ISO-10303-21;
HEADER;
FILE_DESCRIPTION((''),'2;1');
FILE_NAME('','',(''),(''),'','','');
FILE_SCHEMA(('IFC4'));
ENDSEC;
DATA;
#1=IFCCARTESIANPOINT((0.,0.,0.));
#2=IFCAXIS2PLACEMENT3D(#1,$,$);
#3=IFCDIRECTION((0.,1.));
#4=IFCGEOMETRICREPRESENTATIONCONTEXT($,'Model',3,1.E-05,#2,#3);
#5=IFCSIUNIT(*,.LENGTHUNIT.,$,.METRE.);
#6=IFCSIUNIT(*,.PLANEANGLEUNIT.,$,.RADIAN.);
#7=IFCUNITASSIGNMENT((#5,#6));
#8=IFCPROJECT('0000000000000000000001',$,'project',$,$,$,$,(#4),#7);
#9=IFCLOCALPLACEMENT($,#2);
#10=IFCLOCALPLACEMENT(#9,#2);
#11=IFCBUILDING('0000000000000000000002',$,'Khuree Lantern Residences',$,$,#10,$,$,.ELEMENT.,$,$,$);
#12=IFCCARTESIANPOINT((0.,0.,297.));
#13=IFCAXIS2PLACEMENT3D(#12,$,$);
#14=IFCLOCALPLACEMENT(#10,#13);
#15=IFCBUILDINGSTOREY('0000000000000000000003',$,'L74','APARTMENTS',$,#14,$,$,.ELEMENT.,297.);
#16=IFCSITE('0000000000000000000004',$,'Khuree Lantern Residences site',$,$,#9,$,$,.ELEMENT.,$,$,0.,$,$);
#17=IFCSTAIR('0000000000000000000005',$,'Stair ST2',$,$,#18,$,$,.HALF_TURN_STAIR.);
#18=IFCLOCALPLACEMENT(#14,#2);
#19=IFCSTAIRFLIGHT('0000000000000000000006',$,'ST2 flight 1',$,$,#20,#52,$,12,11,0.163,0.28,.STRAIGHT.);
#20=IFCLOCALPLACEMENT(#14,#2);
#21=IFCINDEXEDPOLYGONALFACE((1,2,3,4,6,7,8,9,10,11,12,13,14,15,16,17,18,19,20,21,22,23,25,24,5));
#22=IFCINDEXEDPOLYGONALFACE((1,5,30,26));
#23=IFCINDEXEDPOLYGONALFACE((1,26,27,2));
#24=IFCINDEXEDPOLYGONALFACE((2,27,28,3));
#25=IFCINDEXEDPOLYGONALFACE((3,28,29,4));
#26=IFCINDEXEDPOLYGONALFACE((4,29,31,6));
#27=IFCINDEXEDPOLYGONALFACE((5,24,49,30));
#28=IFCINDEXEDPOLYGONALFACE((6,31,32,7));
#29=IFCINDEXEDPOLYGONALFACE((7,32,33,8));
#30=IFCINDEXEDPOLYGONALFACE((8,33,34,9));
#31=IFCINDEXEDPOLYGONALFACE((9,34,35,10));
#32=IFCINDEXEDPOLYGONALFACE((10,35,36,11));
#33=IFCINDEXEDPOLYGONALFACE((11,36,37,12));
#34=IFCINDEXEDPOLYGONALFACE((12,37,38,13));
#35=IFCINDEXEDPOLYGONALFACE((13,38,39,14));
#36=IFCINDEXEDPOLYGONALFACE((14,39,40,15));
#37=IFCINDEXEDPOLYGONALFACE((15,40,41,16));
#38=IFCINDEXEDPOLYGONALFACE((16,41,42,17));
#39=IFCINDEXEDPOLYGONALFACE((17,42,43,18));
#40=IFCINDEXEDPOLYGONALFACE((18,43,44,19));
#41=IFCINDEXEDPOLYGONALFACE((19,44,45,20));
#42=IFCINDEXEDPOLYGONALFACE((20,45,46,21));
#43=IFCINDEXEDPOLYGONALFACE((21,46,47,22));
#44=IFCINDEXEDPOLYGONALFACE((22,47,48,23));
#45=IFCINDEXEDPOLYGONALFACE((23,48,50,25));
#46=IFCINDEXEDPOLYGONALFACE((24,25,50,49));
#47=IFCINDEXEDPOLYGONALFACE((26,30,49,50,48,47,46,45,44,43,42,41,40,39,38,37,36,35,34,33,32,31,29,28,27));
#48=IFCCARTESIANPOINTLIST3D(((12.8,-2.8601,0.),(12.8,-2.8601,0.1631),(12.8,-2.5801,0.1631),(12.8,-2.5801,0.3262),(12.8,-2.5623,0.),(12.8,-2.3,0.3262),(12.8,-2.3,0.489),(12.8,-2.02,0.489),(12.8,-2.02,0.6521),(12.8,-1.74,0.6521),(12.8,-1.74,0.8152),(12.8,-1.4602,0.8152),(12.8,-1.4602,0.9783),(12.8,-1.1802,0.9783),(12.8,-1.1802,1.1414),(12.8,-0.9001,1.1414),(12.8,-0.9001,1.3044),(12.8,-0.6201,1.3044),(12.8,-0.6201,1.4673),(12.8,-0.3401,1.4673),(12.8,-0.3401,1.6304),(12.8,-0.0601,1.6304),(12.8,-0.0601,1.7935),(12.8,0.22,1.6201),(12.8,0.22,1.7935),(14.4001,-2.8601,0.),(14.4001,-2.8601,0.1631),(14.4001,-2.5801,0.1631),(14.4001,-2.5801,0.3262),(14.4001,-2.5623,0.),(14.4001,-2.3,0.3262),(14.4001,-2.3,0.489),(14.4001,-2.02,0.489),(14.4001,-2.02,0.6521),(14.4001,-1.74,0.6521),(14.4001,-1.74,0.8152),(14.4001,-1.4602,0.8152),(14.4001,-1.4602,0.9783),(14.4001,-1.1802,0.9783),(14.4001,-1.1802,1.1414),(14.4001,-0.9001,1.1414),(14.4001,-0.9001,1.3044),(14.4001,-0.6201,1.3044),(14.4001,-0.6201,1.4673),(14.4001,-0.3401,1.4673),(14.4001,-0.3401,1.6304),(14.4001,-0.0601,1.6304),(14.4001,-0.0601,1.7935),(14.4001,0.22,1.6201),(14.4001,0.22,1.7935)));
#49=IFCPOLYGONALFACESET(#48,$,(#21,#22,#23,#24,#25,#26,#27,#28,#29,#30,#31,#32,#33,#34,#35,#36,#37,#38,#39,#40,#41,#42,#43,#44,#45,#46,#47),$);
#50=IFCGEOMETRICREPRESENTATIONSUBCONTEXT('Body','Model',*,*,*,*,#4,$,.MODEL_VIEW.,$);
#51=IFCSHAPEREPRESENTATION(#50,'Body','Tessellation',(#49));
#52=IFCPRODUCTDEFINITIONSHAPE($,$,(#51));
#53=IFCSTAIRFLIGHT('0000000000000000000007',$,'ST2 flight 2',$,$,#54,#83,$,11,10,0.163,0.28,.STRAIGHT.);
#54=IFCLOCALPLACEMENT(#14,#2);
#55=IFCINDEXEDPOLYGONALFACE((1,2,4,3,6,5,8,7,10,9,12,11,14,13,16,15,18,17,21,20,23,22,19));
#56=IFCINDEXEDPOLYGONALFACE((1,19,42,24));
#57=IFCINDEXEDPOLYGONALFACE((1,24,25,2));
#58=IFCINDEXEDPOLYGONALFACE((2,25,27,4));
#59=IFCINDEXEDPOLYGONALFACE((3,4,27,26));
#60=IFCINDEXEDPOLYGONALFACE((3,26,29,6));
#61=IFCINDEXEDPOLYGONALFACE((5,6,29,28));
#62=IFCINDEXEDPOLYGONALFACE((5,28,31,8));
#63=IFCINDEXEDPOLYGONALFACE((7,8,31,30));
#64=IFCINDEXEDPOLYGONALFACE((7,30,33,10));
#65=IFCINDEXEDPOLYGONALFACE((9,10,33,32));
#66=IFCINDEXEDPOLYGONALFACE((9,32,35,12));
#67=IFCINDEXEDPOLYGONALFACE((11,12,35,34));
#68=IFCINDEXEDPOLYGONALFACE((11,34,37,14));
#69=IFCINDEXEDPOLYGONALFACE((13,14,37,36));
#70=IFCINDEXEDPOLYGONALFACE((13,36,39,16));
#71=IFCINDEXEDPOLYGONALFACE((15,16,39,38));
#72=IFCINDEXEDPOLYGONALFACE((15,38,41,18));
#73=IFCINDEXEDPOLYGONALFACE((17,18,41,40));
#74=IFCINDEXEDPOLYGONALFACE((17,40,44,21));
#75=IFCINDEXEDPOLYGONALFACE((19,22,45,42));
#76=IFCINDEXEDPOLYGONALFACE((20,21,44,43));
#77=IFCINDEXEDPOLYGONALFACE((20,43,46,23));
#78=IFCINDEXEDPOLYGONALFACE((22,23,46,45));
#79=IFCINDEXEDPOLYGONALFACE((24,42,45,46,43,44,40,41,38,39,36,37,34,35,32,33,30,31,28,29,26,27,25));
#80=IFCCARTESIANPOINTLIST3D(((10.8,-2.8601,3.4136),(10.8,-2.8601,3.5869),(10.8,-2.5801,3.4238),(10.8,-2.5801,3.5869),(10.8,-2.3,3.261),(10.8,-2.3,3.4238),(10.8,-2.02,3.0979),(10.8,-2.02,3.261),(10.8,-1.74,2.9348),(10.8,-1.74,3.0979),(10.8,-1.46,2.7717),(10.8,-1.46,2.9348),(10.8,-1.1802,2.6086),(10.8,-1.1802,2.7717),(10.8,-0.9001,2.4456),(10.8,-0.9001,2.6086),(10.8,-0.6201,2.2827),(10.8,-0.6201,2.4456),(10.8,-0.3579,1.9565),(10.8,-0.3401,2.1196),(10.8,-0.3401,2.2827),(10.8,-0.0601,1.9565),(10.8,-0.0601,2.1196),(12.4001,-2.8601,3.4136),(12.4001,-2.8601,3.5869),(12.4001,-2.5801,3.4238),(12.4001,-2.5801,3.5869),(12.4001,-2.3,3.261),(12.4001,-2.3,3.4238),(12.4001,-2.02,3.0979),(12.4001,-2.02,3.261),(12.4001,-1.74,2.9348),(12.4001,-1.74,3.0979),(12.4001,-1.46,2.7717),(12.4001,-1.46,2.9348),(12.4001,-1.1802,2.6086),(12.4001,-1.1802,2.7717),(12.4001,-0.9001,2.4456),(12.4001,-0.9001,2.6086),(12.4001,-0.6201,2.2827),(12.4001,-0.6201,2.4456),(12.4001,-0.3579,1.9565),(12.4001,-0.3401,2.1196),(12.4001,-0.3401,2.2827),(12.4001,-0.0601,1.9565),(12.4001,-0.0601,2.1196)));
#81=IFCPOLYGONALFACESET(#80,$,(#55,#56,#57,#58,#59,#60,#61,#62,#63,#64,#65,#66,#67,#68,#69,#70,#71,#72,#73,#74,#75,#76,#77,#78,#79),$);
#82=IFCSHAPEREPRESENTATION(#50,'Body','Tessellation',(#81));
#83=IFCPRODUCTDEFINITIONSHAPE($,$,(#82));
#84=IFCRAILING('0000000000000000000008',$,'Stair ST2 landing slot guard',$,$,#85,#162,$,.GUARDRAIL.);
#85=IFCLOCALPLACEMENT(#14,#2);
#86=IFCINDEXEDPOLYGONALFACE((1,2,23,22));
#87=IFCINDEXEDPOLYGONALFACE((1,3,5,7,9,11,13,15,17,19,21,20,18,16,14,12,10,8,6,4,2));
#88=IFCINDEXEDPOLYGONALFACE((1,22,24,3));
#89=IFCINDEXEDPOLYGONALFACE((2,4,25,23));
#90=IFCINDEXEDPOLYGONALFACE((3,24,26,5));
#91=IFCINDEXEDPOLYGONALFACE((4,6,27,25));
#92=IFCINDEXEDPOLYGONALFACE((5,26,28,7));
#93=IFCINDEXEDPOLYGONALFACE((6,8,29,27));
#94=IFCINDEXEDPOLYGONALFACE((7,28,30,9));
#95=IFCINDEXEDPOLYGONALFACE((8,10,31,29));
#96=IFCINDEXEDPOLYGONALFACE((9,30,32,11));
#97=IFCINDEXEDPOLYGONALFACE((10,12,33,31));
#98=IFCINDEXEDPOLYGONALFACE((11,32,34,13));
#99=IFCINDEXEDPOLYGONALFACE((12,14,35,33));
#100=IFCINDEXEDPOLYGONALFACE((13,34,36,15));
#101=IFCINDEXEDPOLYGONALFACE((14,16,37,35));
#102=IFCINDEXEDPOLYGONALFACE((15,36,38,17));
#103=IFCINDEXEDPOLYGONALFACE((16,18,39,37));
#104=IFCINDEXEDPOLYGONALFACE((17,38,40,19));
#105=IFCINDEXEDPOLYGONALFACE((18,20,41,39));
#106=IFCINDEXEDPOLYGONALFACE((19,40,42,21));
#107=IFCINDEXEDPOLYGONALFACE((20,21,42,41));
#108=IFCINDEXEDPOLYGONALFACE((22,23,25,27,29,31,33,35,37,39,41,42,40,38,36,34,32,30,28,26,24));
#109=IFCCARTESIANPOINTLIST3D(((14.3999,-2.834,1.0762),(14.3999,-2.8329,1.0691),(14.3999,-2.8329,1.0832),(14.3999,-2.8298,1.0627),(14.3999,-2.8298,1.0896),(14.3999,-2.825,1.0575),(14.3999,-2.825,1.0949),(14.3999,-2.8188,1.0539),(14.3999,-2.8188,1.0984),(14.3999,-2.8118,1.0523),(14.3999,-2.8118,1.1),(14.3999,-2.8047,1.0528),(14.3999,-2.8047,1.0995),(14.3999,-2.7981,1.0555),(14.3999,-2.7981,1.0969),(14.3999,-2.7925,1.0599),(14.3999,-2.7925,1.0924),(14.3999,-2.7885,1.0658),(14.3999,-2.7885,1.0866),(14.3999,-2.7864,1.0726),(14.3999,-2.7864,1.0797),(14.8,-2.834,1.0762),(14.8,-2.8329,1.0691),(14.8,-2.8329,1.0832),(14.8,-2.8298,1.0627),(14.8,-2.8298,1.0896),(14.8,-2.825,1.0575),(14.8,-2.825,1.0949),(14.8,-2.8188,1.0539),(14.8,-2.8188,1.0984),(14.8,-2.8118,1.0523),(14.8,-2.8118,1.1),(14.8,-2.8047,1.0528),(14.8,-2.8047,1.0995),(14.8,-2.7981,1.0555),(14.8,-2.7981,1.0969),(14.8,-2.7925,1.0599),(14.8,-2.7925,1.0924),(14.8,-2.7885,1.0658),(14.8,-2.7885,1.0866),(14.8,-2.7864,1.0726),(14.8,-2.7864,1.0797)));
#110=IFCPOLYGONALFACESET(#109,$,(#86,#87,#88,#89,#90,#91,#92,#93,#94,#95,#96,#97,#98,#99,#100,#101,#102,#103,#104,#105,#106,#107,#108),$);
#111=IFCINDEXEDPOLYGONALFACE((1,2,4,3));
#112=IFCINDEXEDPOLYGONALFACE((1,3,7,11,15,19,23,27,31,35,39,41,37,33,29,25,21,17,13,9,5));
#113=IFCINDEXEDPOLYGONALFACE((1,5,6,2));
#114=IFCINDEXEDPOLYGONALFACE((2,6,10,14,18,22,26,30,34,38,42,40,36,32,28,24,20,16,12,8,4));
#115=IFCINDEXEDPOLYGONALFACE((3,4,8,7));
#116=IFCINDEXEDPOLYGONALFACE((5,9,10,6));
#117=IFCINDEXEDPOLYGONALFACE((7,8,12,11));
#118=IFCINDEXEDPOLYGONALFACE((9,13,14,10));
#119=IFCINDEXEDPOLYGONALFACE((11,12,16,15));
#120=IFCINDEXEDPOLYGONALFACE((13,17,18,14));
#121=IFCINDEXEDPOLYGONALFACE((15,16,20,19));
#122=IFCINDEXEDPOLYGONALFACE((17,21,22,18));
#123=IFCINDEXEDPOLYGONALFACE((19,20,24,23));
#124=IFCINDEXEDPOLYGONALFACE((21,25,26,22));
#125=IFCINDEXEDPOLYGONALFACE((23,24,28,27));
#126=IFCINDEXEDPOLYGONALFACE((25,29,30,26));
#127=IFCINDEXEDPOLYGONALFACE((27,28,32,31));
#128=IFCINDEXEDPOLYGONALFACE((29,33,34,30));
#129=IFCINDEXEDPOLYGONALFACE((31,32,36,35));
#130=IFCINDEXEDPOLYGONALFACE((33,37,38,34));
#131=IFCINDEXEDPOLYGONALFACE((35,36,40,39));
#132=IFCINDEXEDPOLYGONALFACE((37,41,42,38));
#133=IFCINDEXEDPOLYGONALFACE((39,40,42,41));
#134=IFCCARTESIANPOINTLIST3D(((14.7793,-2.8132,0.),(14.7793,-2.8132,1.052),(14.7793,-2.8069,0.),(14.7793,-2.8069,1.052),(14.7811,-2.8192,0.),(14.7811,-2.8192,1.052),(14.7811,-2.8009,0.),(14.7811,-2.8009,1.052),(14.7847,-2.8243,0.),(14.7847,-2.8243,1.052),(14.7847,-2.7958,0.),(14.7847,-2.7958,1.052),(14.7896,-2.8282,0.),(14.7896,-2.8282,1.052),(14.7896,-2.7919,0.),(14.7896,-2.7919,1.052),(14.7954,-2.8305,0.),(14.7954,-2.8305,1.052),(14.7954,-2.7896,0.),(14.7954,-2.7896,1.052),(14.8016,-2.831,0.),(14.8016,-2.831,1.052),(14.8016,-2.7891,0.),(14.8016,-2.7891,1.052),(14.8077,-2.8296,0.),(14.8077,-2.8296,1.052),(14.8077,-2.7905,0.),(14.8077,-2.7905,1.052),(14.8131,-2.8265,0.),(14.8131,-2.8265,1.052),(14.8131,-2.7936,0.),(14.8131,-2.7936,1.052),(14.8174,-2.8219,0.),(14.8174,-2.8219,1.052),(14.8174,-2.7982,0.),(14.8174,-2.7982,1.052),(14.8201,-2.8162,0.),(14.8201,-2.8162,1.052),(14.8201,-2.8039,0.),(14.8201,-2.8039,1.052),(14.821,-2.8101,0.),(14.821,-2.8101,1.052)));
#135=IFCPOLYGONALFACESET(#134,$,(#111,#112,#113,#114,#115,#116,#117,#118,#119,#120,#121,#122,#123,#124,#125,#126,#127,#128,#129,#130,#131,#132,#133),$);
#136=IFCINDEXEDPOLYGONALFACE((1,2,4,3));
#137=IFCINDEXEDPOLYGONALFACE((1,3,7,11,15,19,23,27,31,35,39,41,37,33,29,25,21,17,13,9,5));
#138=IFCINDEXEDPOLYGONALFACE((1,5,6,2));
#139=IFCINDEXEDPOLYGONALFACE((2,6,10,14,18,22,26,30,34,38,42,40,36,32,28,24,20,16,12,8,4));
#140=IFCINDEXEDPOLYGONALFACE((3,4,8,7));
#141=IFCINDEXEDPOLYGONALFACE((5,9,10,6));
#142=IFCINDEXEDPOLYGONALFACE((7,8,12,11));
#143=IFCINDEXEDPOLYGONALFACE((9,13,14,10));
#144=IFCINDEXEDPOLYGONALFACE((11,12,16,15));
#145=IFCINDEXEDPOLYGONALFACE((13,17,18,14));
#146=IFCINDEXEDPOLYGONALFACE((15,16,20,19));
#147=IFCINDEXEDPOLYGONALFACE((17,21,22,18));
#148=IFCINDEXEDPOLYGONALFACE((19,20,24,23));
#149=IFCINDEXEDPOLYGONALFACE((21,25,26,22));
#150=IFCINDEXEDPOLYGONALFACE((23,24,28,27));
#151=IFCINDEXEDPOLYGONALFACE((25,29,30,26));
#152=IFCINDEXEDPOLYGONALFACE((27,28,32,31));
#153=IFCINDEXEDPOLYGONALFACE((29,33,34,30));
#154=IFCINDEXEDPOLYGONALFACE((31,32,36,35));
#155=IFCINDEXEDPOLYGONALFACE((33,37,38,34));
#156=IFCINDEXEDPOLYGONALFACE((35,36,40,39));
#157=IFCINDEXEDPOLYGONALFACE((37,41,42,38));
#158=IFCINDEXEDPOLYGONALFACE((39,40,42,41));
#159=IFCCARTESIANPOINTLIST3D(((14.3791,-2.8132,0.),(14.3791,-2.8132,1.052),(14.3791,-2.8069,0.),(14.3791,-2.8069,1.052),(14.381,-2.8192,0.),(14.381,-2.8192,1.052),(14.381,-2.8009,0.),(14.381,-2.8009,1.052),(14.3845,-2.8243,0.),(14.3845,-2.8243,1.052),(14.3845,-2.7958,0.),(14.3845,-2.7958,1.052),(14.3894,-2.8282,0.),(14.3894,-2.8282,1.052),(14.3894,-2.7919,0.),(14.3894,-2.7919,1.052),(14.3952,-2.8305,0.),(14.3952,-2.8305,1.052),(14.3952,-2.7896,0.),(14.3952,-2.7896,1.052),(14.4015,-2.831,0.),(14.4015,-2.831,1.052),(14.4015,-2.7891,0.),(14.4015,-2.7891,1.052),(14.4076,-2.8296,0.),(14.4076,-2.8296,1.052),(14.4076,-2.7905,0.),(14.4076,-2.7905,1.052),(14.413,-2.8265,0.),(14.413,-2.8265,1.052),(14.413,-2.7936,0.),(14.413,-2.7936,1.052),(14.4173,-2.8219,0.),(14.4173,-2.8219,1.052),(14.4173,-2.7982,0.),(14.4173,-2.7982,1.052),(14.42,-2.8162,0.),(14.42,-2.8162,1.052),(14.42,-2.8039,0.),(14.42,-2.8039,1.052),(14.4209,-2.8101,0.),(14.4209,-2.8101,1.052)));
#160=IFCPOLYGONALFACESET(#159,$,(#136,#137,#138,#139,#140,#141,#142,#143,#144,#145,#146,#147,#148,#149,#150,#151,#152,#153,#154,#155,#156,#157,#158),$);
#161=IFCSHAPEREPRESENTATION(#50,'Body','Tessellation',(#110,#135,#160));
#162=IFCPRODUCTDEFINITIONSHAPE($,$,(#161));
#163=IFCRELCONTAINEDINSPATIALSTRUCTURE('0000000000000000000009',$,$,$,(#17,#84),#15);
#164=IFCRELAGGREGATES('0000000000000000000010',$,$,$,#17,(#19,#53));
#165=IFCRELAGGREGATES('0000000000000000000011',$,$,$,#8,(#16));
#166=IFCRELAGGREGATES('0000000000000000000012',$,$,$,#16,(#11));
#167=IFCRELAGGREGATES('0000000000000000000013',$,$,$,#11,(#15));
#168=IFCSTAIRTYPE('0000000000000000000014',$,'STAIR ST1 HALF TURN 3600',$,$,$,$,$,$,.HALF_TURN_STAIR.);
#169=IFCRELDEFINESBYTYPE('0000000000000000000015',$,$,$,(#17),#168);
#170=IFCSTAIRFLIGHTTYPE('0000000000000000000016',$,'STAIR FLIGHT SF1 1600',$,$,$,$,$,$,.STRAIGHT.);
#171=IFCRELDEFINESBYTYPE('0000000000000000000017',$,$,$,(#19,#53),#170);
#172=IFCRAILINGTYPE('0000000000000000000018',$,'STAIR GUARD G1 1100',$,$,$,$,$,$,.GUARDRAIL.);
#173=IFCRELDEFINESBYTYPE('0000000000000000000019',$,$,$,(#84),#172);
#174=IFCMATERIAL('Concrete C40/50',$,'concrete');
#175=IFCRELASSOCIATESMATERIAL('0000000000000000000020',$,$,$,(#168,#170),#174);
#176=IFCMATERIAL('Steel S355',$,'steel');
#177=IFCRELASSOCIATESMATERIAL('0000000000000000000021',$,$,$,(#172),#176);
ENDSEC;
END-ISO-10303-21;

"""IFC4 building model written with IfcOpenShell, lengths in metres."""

from ifc_helpers import new_model, si_unit, direction, frame, origin, origin_2d, place, context, subcontext, project, spatial, polyline, circle, outline, extrude, material, type_object, element, aggregate, save


model = new_model("IFC4")

# Units and contexts
model_context = context("Model", 3, precision=1e-05, world=origin(), true_north=direction((0.0, 1.0)))
body_context = subcontext(model_context, "Body", "Model", "MODEL_VIEW")
ifc_project = project(units=[si_unit("LENGTHUNIT", "METRE"), si_unit("PLANEANGLEUNIT", "RADIAN")], contexts=[model_context])

# Site, building, storey
site_placement = place(None, origin())
site = spatial("IfcSite", under=ifc_project, at=site_placement, Name="Khuree Lantern Residences site", CompositionType="ELEMENT", RefElevation=0.0)
building_placement = place(site_placement, origin())
building = spatial("IfcBuilding", under=site, at=building_placement, Name="Khuree Lantern Residences", CompositionType="ELEMENT")
storey_placement = place(building_placement, frame((0.0, 0.0, 297.0)))
storey = spatial("IfcBuildingStorey", under=building, at=storey_placement, Name="L74", Description="APARTMENTS", CompositionType="ELEMENT", Elevation=297.0)

# Stair, stair flights
ifc_material_1 = material(Name="Concrete C40/50", Category="concrete")
stair_type = type_object("IfcStairType", Name="STAIR ST1 HALF TURN 3600", PredefinedType="HALF_TURN_STAIR", material=ifc_material_1)
stair_placement = place(storey_placement, origin())
stair = element("IfcStair", 1, at=stair_placement, inside=storey, type_object=stair_type, Name="Stair ST2", PredefinedType="HALF_TURN_STAIR")
stair_flight_type = type_object("IfcStairFlightType", Name="STAIR FLIGHT SF1 1600", PredefinedType="STRAIGHT", material=ifc_material_1)
stair_flight_1_placement = place(storey_placement, frame((13.6001, -2.8601, 0.0), z_axis=(0.0, 0.0, 1.0), x_axis=(0.0, 1.0, 0.0)))
stair_flight_1 = element("IfcStairFlight", 2, at=stair_flight_1_placement, type_object=stair_flight_type, Name="ST2 flight 1", NumberOfRisers=12, NumberOfTreads=11, PredefinedType="STRAIGHT", RiserHeight=0.163, TreadLength=0.28, context=body_context, shape_type="SweptSolid", body=[
    extrude(outline(polyline([(0.0, 0.0), (0.0, 0.1631), (0.28, 0.1631), (0.28, 0.3262), (0.5601, 0.3262), (0.5601, 0.489), (0.8401, 0.489), (0.8401, 0.6521), (1.1201, 0.6521), (1.1201, 0.8152), (1.3999, 0.8152), (1.3999, 0.9783), (1.6799, 0.9783), (1.6799, 1.1414), (1.96, 1.1414), (1.96, 1.3044), (2.24, 1.3044), (2.24, 1.4673), (2.52, 1.4673), (2.52, 1.6304), (2.8, 1.6304), (2.8, 1.7935), (3.0801, 1.7935), (3.0801, 1.9565), (3.0801, 1.6201), (0.2979, 0.0), (0.0, 0.0)])), frame((0.0, 0.8, 0.0), z_axis=(0.0, -1.0, 0.0), x_axis=(1.0, 0.0, 0.0)), (0.0, 0.0, 1.0), 1.6001),
])
stair_flight_2_placement = place(storey_placement, frame((11.6001, -0.0601, 1.9565), z_axis=(0.0, 0.0, 1.0), x_axis=(0.0, -1.0, 0.0)))
stair_flight_2 = element("IfcStairFlight", 3, at=stair_flight_2_placement, type_object=stair_flight_type, Name="ST2 flight 2", NumberOfRisers=11, NumberOfTreads=10, PredefinedType="STRAIGHT", RiserHeight=0.163, TreadLength=0.28, context=body_context, shape_type="SweptSolid", body=[
    extrude(outline(polyline([(0.0, 0.0), (0.0, 0.1631), (0.28, 0.1631), (0.28, 0.3262), (0.5601, 0.3262), (0.5601, 0.489), (0.8401, 0.489), (0.8401, 0.6521), (1.1201, 0.6521), (1.1201, 0.8152), (1.3999, 0.8152), (1.3999, 0.9783), (1.6799, 0.9783), (1.6799, 1.1414), (1.96, 1.1414), (1.96, 1.3044), (2.24, 1.3044), (2.24, 1.4673), (2.52, 1.4673), (2.52, 1.6304), (2.8, 1.6304), (2.8, 1.7935), (2.8, 1.457), (0.2979, 0.0), (0.0, 0.0)])), frame((0.0, 0.8, 0.0), z_axis=(0.0, -1.0, 0.0), x_axis=(1.0, 0.0, 0.0)), (0.0, 0.0, 1.0), 1.6001),
])
aggregate(stair, [stair_flight_1, stair_flight_2])

# Railing
ifc_material_2 = material(Name="Steel S355", Category="steel")
railing_type_1 = type_object("IfcRailingType", Name="STAIR GUARD G1 1100", PredefinedType="GUARDRAIL", material=ifc_material_2)
railing_1_placement = place(storey_placement, frame((14.8, -2.8101, 0.0)))
element("IfcRailing", 4, at=railing_1_placement, inside=storey, type_object=railing_type_1, Name="Stair ST2 landing slot guard", PredefinedType="GUARDRAIL", context=body_context, shape_type="SweptSolid", body=[
    extrude(circle(Radius=0.0239, at=origin_2d()), frame((0.0, 0.0, 1.0762), z_axis=(-1.0, 0.0, 0.0), x_axis=(0.0, -1.0, 0.0)), (0.0, 0.0, 1.0), 0.4001),
    extrude(circle(Radius=0.021, at=origin_2d()), origin(), (0.0, 0.0, 1.0), 1.052),
    extrude(circle(Radius=0.021, at=origin_2d()), frame((-0.4001, 0.0, 0.0)), (0.0, 0.0, 1.0), 1.052),
])

save(model, "model.ifc")
